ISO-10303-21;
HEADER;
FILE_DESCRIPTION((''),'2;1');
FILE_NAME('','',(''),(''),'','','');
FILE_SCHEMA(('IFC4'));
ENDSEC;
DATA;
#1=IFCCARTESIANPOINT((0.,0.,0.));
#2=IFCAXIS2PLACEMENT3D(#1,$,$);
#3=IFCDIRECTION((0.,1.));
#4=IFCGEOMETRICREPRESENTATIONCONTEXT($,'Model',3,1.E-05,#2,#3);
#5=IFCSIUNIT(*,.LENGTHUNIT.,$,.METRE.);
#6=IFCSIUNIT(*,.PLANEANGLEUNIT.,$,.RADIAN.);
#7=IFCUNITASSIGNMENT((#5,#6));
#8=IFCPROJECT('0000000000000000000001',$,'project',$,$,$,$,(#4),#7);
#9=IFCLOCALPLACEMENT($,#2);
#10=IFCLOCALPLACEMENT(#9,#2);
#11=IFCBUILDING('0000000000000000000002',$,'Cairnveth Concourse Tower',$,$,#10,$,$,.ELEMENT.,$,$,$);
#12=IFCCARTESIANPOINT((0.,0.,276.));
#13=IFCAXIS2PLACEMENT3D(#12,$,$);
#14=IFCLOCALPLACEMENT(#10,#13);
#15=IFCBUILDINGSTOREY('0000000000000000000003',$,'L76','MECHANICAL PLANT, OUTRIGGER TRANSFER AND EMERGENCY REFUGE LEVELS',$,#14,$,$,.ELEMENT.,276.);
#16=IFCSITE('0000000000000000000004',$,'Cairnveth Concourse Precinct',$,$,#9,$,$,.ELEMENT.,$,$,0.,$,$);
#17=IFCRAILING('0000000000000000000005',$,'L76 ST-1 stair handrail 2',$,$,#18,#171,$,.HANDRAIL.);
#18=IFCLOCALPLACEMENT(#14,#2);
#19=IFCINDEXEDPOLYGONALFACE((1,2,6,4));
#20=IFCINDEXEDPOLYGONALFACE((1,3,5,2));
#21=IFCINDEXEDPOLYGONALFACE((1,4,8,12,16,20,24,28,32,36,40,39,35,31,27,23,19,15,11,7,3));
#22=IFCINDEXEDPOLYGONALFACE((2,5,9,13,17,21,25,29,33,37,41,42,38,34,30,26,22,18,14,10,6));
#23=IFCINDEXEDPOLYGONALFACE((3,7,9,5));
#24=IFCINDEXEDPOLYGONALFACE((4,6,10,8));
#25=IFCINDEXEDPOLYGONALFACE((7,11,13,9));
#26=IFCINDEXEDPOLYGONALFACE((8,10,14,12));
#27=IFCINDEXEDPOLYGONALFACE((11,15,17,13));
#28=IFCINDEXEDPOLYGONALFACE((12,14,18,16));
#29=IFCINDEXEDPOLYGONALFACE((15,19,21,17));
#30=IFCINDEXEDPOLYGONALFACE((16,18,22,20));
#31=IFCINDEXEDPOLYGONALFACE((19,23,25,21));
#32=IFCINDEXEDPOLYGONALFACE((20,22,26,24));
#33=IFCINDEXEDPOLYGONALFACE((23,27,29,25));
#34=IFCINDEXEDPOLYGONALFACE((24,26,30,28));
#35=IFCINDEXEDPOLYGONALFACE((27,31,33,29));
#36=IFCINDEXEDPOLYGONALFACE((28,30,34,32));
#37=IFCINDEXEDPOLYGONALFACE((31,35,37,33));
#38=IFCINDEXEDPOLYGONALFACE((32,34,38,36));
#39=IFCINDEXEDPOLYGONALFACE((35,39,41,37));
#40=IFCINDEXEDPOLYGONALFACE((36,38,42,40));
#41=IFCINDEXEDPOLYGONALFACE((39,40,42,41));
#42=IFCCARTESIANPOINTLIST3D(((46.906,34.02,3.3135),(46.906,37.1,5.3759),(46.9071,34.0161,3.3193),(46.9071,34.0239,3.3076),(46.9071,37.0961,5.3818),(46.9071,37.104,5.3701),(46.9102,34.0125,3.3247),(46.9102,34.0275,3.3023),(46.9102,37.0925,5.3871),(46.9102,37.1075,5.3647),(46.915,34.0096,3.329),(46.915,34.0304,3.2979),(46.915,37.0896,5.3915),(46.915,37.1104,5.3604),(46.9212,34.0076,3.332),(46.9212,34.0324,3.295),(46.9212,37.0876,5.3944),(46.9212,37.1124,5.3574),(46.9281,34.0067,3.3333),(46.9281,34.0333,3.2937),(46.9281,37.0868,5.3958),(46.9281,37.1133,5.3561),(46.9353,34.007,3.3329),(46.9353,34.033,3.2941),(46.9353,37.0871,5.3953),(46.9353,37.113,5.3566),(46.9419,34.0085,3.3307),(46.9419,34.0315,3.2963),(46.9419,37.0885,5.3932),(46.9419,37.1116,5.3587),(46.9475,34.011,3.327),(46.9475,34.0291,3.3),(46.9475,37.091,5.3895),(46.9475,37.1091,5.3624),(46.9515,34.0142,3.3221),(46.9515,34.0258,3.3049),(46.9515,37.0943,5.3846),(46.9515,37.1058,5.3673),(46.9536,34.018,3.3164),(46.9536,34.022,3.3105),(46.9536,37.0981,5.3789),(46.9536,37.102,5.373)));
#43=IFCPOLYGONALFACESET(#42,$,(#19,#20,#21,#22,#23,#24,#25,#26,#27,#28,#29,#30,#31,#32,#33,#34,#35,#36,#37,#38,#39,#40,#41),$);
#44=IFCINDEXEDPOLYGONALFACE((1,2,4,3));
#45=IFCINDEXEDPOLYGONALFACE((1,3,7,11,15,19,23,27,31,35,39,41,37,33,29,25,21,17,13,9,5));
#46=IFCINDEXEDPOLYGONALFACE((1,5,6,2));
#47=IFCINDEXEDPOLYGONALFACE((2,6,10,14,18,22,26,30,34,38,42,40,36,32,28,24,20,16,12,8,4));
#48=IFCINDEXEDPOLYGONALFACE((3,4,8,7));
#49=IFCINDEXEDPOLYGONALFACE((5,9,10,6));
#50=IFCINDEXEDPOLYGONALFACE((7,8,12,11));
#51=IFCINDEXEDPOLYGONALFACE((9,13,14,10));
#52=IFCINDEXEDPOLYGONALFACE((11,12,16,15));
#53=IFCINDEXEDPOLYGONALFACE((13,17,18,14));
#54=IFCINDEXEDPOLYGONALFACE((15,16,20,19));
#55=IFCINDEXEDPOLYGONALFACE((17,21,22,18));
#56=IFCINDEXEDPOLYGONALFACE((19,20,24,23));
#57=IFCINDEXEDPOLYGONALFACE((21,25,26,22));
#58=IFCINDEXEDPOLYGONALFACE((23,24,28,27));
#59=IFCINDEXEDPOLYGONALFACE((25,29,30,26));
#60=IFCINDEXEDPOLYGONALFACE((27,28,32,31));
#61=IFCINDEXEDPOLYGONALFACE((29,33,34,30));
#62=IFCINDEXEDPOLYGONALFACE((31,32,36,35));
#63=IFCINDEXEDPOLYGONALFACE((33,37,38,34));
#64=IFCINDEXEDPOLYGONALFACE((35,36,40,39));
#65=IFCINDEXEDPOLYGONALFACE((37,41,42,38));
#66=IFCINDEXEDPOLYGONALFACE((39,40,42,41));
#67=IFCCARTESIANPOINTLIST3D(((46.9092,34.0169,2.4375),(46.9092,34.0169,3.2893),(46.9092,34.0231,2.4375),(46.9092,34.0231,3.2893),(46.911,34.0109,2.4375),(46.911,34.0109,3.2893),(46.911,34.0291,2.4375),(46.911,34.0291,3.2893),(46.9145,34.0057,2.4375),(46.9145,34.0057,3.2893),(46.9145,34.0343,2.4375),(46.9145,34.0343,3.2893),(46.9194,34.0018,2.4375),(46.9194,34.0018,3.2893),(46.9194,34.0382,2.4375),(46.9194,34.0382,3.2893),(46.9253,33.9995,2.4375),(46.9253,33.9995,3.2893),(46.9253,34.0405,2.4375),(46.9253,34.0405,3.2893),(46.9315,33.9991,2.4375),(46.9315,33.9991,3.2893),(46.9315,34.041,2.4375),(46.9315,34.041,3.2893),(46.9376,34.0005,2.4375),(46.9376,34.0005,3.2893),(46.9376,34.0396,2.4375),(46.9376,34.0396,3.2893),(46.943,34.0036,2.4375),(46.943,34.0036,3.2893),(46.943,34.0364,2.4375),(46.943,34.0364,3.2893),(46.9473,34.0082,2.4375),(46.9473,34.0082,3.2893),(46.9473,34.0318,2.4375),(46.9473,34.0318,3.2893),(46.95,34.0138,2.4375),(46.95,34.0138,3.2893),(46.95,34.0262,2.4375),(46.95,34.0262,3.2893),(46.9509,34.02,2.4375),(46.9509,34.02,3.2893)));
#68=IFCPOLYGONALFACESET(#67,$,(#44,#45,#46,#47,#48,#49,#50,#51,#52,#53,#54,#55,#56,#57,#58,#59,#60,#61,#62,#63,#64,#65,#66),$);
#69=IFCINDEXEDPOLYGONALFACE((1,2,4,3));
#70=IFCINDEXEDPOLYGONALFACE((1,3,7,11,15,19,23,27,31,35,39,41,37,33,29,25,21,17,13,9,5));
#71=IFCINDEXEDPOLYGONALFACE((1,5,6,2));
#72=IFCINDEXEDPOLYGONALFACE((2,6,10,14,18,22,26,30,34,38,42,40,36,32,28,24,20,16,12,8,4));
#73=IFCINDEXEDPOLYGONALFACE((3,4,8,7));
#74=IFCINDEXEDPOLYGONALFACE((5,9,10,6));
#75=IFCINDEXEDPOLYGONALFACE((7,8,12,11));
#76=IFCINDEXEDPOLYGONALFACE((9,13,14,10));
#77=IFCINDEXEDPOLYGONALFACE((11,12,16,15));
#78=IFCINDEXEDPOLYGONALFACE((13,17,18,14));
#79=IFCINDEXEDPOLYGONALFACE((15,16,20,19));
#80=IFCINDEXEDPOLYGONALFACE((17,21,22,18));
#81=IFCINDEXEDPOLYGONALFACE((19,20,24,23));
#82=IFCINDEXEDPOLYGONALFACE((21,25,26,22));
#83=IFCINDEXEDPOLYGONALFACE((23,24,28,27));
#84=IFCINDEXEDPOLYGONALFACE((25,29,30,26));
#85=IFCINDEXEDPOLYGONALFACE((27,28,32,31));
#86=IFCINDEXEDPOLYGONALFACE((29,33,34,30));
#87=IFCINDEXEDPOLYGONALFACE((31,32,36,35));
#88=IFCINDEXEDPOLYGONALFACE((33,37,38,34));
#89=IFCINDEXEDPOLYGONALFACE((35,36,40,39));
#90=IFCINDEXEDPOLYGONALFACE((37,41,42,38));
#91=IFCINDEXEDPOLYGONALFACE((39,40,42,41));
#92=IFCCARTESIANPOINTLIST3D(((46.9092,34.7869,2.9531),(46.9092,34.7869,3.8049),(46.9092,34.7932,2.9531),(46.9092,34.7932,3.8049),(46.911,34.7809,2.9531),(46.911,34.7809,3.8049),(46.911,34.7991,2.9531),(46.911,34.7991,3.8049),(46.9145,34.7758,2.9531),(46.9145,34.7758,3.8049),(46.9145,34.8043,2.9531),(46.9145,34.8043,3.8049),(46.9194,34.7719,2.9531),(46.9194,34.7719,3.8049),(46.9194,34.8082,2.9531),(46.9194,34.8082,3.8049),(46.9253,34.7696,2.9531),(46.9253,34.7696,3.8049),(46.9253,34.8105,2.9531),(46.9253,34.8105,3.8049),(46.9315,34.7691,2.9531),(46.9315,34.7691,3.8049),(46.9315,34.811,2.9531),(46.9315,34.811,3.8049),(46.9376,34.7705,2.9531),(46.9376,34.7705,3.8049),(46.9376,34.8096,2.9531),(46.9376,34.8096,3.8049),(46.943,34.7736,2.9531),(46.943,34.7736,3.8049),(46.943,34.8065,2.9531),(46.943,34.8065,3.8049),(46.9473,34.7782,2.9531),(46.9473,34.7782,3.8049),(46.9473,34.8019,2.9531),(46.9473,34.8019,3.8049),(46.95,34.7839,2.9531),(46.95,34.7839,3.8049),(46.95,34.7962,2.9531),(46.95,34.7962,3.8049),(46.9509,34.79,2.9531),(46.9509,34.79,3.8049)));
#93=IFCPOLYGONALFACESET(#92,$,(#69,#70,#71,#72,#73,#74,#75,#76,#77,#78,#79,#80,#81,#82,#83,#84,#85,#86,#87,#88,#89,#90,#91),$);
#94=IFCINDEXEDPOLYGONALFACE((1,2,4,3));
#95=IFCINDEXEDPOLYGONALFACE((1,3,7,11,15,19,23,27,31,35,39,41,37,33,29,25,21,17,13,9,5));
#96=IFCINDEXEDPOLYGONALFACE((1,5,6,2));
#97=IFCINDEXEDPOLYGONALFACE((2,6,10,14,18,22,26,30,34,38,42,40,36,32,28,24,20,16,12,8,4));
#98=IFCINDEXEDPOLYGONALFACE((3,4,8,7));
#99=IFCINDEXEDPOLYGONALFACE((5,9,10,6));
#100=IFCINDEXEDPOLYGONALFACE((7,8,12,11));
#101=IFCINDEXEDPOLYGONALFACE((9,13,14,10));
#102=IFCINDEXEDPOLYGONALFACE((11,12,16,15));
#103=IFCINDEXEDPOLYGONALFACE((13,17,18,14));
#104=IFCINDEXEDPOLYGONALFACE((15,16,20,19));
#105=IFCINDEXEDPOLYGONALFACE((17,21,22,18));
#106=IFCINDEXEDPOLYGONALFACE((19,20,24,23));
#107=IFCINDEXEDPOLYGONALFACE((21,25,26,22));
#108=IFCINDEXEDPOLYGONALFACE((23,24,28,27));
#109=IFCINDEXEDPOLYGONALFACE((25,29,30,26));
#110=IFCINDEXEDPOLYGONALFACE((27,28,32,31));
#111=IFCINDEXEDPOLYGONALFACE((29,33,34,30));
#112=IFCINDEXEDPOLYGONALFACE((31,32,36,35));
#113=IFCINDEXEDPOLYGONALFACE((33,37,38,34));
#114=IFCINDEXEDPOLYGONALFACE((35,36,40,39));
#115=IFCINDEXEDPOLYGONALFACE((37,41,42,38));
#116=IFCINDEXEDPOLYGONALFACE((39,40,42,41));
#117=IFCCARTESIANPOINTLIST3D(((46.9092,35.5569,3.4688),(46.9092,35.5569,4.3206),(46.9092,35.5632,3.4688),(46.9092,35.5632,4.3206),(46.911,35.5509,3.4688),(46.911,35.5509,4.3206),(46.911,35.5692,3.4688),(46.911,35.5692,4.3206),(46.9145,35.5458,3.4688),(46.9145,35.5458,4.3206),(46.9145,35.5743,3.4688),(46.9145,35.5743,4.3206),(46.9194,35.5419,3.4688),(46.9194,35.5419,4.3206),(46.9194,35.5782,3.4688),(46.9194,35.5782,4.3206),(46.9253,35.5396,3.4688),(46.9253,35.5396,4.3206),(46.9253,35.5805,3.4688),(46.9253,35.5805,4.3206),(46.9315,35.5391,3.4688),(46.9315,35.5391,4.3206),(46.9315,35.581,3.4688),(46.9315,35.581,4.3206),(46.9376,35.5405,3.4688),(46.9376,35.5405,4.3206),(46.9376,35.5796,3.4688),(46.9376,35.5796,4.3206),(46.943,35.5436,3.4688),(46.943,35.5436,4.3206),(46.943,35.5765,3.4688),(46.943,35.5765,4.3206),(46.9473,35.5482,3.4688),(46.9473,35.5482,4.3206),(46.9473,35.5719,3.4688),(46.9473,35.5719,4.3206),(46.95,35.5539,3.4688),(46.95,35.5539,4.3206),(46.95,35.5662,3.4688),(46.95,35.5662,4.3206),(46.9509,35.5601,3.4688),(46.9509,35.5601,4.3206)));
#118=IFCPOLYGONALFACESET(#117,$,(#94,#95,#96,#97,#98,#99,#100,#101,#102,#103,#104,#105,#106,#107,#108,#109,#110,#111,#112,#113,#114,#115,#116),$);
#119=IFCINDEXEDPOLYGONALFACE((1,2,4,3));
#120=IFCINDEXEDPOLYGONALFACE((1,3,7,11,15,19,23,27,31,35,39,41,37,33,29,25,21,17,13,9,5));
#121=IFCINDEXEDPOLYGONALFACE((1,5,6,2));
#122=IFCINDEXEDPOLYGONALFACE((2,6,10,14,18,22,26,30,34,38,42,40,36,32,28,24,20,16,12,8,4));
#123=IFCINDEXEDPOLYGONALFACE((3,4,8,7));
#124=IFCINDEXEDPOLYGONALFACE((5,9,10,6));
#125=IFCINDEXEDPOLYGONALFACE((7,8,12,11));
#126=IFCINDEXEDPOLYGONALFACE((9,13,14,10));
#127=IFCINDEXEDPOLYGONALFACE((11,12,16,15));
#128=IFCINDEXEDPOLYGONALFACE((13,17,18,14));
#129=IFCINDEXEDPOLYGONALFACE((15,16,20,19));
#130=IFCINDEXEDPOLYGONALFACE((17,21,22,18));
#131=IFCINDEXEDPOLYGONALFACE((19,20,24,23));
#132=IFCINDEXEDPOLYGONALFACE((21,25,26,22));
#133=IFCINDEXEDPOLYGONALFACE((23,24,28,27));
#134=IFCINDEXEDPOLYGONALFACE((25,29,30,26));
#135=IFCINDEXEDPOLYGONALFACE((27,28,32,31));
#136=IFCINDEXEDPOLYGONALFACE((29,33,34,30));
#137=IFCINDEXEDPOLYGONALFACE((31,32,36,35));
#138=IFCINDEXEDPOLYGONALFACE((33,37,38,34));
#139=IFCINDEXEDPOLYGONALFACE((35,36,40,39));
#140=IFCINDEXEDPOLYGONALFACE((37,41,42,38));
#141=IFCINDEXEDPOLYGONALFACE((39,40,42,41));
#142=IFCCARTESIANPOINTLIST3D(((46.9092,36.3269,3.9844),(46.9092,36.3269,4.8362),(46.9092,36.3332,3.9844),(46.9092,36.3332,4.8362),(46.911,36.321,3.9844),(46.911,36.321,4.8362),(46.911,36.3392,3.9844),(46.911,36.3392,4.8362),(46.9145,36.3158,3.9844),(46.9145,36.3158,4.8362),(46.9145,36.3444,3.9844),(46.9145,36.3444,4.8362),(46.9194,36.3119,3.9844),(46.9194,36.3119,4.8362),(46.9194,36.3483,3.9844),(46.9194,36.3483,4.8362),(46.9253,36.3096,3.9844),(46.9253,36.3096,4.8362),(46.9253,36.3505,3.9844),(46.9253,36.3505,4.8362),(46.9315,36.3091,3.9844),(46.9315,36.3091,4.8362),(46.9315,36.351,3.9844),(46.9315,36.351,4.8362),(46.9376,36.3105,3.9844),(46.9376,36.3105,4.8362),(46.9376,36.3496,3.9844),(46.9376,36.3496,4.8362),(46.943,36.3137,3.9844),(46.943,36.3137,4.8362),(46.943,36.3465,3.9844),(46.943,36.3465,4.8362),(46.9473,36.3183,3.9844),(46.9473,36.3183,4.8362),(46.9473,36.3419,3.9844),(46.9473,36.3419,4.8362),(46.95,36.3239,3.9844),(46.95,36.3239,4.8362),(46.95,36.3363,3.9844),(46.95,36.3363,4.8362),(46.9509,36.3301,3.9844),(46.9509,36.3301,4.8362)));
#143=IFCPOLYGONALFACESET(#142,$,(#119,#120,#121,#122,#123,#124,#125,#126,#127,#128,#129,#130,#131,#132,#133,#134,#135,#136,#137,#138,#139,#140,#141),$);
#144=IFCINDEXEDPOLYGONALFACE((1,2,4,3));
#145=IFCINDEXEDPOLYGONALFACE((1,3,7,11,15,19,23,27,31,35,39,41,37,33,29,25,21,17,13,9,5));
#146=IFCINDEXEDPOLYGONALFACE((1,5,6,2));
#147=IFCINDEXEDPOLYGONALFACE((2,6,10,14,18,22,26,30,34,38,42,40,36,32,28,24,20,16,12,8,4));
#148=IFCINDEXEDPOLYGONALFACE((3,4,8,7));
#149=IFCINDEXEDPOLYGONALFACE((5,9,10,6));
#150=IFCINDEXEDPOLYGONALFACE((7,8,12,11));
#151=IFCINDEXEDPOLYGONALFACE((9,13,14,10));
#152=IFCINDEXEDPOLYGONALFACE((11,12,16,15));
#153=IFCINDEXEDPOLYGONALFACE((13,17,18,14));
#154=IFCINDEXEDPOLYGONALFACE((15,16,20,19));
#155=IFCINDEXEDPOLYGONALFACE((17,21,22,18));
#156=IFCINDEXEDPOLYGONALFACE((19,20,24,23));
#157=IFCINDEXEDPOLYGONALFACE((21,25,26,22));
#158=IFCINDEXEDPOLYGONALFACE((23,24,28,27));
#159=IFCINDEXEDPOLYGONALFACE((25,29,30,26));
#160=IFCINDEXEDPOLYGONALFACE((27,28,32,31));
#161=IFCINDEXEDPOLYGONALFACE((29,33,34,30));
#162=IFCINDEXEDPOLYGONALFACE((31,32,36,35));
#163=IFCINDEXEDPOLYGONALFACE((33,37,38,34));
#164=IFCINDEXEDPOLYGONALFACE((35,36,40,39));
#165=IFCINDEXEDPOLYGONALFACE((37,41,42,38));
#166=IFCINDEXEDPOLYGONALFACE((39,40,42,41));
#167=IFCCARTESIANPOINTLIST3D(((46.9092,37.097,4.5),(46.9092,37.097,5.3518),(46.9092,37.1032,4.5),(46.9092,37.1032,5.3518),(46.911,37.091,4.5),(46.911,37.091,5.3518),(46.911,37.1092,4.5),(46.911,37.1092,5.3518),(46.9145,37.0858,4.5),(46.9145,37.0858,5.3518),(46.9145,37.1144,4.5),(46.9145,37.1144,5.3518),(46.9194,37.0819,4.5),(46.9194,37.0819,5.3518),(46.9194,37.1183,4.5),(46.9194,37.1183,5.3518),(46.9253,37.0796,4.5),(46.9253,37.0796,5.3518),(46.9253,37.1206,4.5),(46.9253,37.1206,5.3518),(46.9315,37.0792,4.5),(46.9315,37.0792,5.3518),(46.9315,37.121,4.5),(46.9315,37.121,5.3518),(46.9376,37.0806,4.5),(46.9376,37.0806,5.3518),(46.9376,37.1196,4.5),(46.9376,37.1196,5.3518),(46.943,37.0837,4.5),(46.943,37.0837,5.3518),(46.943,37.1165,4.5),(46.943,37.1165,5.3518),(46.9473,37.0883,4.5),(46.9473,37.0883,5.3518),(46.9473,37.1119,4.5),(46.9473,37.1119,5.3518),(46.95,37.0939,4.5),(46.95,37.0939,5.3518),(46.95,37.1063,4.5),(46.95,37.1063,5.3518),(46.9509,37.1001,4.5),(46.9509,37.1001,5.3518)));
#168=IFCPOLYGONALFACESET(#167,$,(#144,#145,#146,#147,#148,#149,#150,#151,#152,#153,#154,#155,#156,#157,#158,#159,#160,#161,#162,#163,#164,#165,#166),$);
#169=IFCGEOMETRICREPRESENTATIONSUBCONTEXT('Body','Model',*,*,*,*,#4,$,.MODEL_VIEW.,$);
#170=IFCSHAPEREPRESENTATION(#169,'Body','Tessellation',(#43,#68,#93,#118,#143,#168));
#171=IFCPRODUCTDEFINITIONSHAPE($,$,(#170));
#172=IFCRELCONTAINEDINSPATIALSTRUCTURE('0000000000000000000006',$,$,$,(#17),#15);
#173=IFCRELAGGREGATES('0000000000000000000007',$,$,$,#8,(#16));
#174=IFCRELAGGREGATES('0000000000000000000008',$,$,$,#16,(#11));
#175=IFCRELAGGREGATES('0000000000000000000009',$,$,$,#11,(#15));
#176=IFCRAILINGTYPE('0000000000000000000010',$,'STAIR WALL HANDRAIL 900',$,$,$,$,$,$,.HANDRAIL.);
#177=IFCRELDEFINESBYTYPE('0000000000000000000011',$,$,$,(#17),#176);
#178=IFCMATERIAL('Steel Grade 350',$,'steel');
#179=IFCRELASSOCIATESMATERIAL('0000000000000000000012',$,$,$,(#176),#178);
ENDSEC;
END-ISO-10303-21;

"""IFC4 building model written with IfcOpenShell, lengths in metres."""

from ifc_helpers import new_model, si_unit, direction, frame, origin, origin_2d, place, context, subcontext, project, spatial, circle, extrude, material, type_object, element, save


model = new_model("IFC4")

# Units and contexts
model_context = context("Model", 3, precision=1e-05, world=origin(), true_north=direction((0.0, 1.0)))
body_context = subcontext(model_context, "Body", "Model", "MODEL_VIEW")
ifc_project = project(units=[si_unit("LENGTHUNIT", "METRE"), si_unit("PLANEANGLEUNIT", "RADIAN")], contexts=[model_context])

# Site, building, storey
site_placement = place(None, origin())
site = spatial("IfcSite", under=ifc_project, at=site_placement, Name="Cairnveth Concourse Precinct", CompositionType="ELEMENT", RefElevation=0.0)
building_placement = place(site_placement, origin())
building = spatial("IfcBuilding", under=site, at=building_placement, Name="Cairnveth Concourse Tower", CompositionType="ELEMENT")
storey_placement = place(building_placement, frame((0.0, 0.0, 276.0)))
storey = spatial("IfcBuildingStorey", under=building, at=storey_placement, Name="L76", Description="MECHANICAL PLANT, OUTRIGGER TRANSFER AND EMERGENCY REFUGE LEVELS", CompositionType="ELEMENT", Elevation=276.0)

# Shared definitions
ifc_material_1 = material(Name="Steel Grade 350", Category="steel")

# Railing
railing_type_1 = type_object("IfcRailingType", Name="STAIR WALL HANDRAIL 900", PredefinedType="HANDRAIL", material=ifc_material_1)
railing_1_placement = place(storey_placement, frame((46.9299, 34.02, 2.4375)))
element("IfcRailing", 1, at=railing_1_placement, inside=storey, type_object=railing_type_1, Name="L76 ST-1 stair handrail 2", PredefinedType="HANDRAIL", context=body_context, shape_type="SweptSolid", body=[
    extrude(circle(Radius=0.0239, at=origin_2d()), frame((0.0, 0.0, 0.876), z_axis=(0.0, 0.830914, 0.556401), x_axis=(-1.0, 0.0, 0.0)), (0.0, 0.0, 1.0), 3.7068),
    extrude(circle(Radius=0.021, at=origin_2d()), origin(), (0.0, 0.0, 1.0), 0.8518),
    extrude(circle(Radius=0.021, at=origin_2d()), frame((0.0, 0.77, 0.5156)), (0.0, 0.0, 1.0), 0.8518),
    extrude(circle(Radius=0.021, at=origin_2d()), frame((0.0, 1.54, 1.0312)), (0.0, 0.0, 1.0), 0.8518),
    extrude(circle(Radius=0.021, at=origin_2d()), frame((0.0, 2.3101, 1.5469)), (0.0, 0.0, 1.0), 0.8518),
    extrude(circle(Radius=0.021, at=origin_2d()), frame((0.0, 3.0801, 2.0625)), (0.0, 0.0, 1.0), 0.8518),
])

save(model, "model.ifc")
